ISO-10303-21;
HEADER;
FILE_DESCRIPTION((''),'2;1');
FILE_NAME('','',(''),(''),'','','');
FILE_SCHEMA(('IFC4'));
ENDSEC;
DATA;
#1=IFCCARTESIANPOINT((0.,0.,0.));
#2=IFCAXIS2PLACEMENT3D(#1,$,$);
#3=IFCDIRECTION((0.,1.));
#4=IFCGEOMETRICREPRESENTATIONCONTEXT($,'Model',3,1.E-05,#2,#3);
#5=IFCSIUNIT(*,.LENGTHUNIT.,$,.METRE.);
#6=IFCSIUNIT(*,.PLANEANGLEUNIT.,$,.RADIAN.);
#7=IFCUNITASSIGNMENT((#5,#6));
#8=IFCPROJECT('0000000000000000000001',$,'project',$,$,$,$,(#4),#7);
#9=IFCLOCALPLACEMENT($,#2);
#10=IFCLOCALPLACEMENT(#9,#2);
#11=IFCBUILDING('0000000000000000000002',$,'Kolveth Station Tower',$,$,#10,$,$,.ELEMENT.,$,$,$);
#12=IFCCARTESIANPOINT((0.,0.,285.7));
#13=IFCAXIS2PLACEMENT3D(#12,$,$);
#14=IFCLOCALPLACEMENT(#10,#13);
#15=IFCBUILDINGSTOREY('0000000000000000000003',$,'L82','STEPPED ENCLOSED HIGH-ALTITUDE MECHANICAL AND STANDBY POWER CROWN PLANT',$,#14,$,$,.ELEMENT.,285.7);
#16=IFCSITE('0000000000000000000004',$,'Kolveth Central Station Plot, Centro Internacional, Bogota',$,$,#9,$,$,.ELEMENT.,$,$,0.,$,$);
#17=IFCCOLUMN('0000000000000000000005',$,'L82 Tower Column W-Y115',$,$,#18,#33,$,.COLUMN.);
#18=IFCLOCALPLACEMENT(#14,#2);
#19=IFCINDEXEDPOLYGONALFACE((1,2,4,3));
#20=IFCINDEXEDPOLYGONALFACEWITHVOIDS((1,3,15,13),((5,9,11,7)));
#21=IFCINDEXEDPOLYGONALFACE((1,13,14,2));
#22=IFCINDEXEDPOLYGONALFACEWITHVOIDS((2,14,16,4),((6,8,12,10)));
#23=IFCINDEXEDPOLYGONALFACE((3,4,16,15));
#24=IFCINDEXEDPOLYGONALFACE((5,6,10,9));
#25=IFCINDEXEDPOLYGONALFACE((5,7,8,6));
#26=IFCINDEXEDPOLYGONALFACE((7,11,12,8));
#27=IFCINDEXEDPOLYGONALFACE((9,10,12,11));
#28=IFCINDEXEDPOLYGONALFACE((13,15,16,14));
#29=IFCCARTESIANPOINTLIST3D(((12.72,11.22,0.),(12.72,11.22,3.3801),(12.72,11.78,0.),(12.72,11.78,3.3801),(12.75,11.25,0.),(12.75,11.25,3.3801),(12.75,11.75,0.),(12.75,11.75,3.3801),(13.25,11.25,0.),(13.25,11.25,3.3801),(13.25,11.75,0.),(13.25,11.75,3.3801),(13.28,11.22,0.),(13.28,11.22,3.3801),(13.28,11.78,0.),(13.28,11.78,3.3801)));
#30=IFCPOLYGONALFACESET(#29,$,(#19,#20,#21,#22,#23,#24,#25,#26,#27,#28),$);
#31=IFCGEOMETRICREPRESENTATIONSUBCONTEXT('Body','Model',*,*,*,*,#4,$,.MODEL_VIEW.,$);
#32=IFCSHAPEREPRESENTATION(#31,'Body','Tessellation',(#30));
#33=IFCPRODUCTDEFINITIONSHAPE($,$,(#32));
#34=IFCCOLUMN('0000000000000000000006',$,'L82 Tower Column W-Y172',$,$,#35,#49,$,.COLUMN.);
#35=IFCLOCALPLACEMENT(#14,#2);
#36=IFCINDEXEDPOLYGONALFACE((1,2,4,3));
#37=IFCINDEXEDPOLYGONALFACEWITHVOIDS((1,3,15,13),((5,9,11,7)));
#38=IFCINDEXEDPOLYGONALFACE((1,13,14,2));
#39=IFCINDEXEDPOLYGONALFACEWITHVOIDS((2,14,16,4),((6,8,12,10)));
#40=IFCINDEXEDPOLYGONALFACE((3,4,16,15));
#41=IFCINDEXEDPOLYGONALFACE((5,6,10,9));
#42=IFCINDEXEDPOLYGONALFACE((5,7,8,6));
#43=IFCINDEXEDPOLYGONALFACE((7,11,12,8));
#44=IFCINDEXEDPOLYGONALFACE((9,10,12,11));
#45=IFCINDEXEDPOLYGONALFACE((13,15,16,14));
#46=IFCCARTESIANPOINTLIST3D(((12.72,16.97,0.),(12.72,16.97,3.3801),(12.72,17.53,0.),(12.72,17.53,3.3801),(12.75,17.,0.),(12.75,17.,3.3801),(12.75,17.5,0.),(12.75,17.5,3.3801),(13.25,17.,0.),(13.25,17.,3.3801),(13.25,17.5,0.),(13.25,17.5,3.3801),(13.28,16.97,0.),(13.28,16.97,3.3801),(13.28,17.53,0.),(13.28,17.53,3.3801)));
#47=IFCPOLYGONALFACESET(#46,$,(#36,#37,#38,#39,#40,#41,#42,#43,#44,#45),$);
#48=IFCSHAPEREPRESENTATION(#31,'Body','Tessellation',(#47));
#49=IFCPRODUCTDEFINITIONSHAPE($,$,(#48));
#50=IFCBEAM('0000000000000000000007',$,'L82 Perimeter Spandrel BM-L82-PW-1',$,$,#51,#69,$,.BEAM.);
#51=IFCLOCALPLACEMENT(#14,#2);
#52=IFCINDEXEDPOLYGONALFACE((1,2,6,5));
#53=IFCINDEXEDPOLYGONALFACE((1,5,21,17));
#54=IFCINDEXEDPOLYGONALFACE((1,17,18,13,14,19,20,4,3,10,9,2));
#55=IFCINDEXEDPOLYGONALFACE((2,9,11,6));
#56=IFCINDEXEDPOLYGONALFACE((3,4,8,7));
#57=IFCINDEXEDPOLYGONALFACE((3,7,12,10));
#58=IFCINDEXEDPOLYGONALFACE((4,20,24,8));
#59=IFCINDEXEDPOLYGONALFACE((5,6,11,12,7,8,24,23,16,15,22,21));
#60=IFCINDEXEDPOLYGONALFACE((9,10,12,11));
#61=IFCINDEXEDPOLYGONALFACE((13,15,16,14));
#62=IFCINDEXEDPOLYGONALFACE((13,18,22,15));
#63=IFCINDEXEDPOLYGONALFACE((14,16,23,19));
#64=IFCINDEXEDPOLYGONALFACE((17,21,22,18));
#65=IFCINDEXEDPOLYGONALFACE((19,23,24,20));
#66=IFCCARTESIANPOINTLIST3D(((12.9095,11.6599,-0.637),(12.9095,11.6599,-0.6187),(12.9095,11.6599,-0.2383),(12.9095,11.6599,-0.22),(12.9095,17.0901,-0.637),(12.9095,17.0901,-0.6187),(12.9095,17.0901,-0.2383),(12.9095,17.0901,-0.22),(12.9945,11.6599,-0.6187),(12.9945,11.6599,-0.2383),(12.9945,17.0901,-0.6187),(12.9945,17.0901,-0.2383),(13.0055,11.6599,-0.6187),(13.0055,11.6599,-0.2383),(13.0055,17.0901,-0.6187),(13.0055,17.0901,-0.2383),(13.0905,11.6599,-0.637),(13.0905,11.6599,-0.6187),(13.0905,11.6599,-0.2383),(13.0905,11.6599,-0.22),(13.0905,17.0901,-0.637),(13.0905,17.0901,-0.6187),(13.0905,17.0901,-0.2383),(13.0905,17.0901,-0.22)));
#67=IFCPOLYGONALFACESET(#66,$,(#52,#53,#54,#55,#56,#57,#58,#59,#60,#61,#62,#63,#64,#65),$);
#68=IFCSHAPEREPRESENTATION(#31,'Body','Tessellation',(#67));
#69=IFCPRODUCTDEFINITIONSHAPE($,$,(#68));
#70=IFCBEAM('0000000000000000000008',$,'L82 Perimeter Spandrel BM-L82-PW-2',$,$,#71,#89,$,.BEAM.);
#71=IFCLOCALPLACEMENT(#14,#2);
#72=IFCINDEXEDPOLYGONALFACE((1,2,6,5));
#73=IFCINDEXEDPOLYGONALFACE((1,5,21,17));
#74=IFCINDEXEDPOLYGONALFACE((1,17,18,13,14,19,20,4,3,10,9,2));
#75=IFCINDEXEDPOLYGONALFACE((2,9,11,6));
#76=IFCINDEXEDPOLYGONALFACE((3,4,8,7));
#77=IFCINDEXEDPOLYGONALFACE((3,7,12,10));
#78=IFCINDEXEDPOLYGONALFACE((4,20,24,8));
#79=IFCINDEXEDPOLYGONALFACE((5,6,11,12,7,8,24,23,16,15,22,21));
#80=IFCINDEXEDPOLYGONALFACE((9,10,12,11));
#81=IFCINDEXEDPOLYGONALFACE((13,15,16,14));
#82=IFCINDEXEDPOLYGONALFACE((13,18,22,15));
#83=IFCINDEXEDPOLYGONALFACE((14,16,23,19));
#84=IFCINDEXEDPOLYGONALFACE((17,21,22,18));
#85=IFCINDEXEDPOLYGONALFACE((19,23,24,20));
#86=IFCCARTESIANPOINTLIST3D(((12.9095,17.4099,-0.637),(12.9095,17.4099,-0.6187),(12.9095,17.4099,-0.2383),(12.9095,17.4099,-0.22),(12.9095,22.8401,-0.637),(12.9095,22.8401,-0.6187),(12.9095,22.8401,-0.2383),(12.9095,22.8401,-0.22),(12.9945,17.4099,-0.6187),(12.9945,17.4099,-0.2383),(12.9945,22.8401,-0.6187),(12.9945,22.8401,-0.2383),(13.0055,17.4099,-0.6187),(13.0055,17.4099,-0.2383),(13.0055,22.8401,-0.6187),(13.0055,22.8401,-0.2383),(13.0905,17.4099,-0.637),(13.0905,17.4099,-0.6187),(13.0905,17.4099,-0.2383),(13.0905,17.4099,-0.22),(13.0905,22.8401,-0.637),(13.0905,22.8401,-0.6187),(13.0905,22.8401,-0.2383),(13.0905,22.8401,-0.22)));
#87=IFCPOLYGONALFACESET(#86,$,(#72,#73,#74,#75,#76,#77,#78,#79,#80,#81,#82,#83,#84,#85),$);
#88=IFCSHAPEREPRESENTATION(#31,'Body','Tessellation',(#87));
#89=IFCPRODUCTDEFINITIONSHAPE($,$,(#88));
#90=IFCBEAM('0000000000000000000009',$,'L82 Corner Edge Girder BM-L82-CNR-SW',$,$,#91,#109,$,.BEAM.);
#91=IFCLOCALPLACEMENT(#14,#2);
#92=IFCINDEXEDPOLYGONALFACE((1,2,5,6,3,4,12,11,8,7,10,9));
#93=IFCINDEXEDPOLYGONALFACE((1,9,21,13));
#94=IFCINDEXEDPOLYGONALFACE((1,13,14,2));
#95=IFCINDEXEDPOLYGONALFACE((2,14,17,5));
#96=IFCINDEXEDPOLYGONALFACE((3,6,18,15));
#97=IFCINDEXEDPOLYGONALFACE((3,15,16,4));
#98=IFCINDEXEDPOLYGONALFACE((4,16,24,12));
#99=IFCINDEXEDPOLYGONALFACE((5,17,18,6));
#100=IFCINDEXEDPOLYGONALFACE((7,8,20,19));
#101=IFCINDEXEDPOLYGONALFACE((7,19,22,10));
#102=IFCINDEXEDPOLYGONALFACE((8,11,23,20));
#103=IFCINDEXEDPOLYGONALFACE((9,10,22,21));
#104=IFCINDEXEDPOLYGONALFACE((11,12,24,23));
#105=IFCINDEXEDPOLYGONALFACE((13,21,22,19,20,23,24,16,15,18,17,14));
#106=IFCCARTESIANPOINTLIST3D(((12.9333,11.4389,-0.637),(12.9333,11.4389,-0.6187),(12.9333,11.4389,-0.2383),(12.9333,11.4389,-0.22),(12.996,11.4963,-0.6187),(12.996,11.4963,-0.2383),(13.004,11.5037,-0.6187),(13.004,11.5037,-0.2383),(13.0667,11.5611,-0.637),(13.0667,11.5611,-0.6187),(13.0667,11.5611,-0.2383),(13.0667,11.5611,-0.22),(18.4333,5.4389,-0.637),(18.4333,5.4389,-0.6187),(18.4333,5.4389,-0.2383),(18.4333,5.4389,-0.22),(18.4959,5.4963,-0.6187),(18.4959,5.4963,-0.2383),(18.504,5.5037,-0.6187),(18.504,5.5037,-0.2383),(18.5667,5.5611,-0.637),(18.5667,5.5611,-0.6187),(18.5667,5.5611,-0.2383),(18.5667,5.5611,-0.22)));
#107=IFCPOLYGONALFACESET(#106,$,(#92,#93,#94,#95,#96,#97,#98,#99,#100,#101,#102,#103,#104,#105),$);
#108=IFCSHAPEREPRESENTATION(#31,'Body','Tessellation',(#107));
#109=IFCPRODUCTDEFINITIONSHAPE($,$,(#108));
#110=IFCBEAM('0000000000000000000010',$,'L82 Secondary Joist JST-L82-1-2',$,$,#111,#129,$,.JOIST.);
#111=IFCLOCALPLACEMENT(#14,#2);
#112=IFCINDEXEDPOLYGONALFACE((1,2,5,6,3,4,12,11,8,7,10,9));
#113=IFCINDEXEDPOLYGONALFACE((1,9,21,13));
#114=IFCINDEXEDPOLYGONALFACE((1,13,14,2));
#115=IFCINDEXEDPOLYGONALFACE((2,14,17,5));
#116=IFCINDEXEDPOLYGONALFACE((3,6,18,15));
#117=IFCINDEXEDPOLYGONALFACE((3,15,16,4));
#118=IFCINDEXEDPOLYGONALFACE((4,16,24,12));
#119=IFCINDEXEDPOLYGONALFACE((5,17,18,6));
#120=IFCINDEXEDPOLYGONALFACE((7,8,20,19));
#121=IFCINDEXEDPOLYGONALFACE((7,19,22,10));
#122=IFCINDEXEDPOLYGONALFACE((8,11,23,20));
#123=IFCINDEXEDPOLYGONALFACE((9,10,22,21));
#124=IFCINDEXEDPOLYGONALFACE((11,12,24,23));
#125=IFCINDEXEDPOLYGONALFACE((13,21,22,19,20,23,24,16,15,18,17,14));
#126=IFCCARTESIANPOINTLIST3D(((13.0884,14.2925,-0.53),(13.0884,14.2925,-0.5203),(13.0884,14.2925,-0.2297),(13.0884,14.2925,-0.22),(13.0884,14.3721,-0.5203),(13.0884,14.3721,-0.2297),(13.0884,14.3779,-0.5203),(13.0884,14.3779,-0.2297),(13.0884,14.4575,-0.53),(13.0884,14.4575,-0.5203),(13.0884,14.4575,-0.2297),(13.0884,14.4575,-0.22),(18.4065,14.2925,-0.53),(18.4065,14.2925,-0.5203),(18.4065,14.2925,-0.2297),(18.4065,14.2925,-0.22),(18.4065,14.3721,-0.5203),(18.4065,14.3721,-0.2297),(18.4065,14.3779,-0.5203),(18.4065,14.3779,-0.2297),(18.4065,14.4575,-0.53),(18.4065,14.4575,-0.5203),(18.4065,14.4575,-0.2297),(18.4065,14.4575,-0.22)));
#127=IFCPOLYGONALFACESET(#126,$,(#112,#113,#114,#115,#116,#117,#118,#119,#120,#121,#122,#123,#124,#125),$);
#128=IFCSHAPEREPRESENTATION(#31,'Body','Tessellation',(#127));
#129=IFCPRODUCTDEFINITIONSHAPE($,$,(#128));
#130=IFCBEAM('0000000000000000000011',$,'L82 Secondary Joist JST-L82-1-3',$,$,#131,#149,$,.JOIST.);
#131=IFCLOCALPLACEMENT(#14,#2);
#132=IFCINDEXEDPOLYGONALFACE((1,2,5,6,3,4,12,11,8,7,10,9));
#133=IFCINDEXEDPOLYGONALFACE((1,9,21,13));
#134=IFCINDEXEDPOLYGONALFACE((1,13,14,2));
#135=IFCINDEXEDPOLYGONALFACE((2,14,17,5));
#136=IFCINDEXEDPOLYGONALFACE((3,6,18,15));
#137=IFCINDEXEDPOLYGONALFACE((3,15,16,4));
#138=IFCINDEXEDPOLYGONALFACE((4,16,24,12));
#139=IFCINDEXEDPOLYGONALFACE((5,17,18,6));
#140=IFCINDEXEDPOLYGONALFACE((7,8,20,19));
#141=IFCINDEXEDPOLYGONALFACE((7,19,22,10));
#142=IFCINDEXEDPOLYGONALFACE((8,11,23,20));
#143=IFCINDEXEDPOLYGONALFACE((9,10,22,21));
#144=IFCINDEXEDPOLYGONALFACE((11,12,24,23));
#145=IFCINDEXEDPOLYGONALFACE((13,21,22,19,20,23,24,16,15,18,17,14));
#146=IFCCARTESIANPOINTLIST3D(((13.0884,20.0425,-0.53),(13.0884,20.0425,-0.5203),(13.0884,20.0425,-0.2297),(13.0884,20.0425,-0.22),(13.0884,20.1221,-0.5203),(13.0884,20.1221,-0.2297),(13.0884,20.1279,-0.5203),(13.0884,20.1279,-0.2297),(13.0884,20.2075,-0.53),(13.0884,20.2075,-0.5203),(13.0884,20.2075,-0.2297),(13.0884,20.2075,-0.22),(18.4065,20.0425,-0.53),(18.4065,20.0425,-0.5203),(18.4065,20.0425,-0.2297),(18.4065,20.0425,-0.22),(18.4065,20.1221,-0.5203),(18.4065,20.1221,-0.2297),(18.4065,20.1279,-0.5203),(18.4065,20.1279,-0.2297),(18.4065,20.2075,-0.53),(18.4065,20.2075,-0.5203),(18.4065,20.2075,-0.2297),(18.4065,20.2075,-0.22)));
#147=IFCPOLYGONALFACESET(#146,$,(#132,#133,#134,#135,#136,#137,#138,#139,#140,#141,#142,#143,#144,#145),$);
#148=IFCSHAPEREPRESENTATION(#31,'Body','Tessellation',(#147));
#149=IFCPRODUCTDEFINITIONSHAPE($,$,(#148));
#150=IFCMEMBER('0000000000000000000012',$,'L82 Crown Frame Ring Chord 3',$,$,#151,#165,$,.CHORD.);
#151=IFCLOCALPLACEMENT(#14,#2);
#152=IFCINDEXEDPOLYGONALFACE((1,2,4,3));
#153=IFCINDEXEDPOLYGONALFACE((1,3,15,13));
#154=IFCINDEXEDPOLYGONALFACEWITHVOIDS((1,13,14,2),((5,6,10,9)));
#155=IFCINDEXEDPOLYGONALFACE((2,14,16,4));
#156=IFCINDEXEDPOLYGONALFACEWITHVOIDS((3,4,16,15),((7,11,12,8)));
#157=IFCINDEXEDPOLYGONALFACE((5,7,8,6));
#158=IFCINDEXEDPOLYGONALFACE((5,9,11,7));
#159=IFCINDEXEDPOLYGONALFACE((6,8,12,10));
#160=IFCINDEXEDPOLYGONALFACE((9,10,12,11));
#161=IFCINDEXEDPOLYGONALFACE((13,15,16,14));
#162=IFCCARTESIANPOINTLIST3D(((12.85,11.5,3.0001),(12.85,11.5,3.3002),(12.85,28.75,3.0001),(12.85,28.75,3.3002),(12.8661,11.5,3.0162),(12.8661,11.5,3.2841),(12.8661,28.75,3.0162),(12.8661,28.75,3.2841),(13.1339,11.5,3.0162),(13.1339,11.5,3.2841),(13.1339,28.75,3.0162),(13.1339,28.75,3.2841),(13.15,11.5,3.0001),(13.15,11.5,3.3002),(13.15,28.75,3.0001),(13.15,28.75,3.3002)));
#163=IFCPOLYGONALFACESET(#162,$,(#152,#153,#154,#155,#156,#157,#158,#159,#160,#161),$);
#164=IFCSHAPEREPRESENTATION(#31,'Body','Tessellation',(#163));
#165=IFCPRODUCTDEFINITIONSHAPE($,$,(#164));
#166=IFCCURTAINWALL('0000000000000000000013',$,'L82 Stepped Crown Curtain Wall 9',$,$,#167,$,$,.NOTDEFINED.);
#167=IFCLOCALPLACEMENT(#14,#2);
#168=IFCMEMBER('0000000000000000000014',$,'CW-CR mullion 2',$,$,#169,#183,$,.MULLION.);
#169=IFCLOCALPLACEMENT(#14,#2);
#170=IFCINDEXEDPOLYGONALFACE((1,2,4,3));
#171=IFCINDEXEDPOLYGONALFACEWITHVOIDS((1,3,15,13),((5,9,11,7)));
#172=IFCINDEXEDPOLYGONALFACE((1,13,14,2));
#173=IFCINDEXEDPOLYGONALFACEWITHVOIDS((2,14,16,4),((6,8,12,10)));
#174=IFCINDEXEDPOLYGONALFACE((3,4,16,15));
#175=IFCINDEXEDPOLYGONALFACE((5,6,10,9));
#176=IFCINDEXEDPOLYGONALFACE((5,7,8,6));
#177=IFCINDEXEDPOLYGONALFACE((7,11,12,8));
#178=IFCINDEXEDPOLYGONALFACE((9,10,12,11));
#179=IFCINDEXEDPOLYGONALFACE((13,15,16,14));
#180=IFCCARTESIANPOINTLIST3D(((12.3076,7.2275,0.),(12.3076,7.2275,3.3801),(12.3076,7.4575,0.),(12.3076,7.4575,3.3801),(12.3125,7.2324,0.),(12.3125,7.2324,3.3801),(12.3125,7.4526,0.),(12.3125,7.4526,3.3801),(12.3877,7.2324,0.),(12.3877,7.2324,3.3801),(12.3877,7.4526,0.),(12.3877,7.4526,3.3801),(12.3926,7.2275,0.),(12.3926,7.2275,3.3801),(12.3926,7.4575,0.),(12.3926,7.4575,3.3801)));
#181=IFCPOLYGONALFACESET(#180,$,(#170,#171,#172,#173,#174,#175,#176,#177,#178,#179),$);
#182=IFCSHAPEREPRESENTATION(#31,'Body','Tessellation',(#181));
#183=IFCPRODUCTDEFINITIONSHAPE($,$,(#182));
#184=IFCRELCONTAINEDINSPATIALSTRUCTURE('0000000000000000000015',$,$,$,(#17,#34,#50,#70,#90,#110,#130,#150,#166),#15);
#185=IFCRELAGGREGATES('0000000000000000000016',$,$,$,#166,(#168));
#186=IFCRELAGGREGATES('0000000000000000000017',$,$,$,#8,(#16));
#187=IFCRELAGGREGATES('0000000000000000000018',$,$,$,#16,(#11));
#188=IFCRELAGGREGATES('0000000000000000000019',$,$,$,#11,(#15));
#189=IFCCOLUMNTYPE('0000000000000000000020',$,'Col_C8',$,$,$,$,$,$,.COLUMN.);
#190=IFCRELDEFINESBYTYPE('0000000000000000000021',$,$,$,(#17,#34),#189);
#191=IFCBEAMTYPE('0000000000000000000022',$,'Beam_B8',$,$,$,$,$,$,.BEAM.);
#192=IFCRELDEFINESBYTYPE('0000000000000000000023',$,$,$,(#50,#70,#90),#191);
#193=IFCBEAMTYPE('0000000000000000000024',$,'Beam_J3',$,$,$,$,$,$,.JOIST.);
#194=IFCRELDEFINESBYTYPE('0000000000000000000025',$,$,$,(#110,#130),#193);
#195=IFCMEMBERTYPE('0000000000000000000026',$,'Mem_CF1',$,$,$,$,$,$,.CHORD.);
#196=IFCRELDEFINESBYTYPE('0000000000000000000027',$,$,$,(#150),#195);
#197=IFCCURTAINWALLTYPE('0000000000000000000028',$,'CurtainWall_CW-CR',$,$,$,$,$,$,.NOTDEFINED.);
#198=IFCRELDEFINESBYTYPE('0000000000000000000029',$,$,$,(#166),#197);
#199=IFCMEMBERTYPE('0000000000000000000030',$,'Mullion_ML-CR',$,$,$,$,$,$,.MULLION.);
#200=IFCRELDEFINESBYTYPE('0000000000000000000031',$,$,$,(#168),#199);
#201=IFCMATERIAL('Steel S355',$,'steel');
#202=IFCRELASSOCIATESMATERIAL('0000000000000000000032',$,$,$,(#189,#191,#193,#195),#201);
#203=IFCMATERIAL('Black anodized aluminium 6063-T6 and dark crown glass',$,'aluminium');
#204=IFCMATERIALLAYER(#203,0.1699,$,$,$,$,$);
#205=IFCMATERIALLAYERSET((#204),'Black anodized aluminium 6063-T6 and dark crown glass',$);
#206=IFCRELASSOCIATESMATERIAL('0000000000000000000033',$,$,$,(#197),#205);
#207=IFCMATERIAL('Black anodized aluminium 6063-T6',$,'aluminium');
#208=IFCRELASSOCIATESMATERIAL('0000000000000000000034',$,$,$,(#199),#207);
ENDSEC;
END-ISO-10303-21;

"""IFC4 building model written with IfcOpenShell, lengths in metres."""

from ifc_helpers import new_model, si_unit, direction, frame, origin, origin_2d, place, context, subcontext, project, spatial, hollow_rectangle, i_section, extrude, source, transform, mapped, material, layer, layer_set, material_profile, profile_set, type_object, element, aggregate, save


model = new_model("IFC4")

# Units and contexts
model_context = context("Model", 3, precision=1e-05, world=origin(), true_north=direction((0.0, 1.0)))
body_context = subcontext(model_context, "Body", "Model", "MODEL_VIEW")
ifc_project = project(units=[si_unit("LENGTHUNIT", "METRE"), si_unit("PLANEANGLEUNIT", "RADIAN")], contexts=[model_context])

# Site, building, storey
site_placement = place(None, origin())
site = spatial("IfcSite", under=ifc_project, at=site_placement, Name="Kolveth Central Station Plot, Centro Internacional, Bogota", CompositionType="ELEMENT", RefElevation=0.0)
building_placement = place(site_placement, origin())
building = spatial("IfcBuilding", under=site, at=building_placement, Name="Kolveth Station Tower", CompositionType="ELEMENT")
storey_placement = place(building_placement, frame((0.0, 0.0, 285.7)))
storey = spatial("IfcBuildingStorey", under=building, at=storey_placement, Name="L82", Description="STEPPED ENCLOSED HIGH-ALTITUDE MECHANICAL AND STANDBY POWER CROWN PLANT", CompositionType="ELEMENT", Elevation=285.7)

# Columns
ifc_material_1 = material(Name="Steel S355", Category="steel")
ifc_material_profile_1 = material_profile(ifc_material_1, hollow_rectangle(XDim=0.5601, YDim=0.5601, WallThickness=0.03, at=origin_2d()), Name="BOX560x560x30")
ifc_profile_set_1 = profile_set([ifc_material_profile_1], Name="Steel S355")
column_type = type_object("IfcColumnType", Name="Col_C8", PredefinedType="COLUMN", material=ifc_profile_set_1)
shared_shape_1 = source(origin(), body_context, "Body", "SweptSolid", [
    extrude(hollow_rectangle(XDim=0.5601, YDim=0.5601, WallThickness=0.03, at=origin_2d()), origin(), (0.0, 0.0, 1.0), 3.3801),
])
for number, where, z_axis, x_axis, name in (
    (1, (13.0, 11.5, 0.0), (0.0, 0.0, 1.0), (1.0, 0.0, 0.0), "L82 Tower Column W-Y115"),
    (2, (13.0, 17.25, 0.0), (0.0, 0.0, 1.0), (1.0, 0.0, 0.0), "L82 Tower Column W-Y172"),
):
    element("IfcColumn", number, at=place(storey_placement, frame(where, z_axis=z_axis, x_axis=x_axis)), inside=storey, type_object=column_type, Name=name, PredefinedType="COLUMN", context=body_context, shape_type="MappedRepresentation", body=[
        mapped(shared_shape_1, transform((0.0, 0.0, 0.0), x_axis=(1.0, 0.0, 0.0), y_axis=(0.0, 1.0, 0.0), z_axis=(0.0, 0.0, 1.0), scale=1.0)),
    ])

# Beams
ifc_material_profile_2 = material_profile(ifc_material_1, i_section(OverallWidth=0.1809, OverallDepth=0.417, WebThickness=0.011, FlangeThickness=0.0183, at=origin_2d()), Name="W410x85")
ifc_profile_set_2 = profile_set([ifc_material_profile_2], Name="Steel S355")
beam_type_1 = type_object("IfcBeamType", Name="Beam_B8", PredefinedType="BEAM", material=ifc_profile_set_2)
shared_shape_2 = source(origin(), body_context, "Body", "SweptSolid", [
    extrude(i_section(OverallWidth=0.1809, OverallDepth=0.417, WebThickness=0.011, FlangeThickness=0.0183, at=origin_2d()), origin(), (0.0, 0.0, 1.0), 5.4302),
])
for number, where, z_axis, x_axis, name in (
    (3, (13.0, 11.6599, -0.4285), (0.0, 1.0, 0.0), (-1.0, 0.0, 0.0), "L82 Perimeter Spandrel BM-L82-PW-1"),
    (4, (13.0, 17.4099, -0.4285), (0.0, 1.0, 0.0), (-1.0, 0.0, 0.0), "L82 Perimeter Spandrel BM-L82-PW-2"),
):
    element("IfcBeam", number, at=place(storey_placement, frame(where, z_axis=z_axis, x_axis=x_axis)), inside=storey, type_object=beam_type_1, Name=name, PredefinedType="BEAM", context=body_context, shape_type="MappedRepresentation", body=[
        mapped(shared_shape_2, transform((0.0, 0.0, 0.0), x_axis=(1.0, 0.0, 0.0), y_axis=(0.0, 1.0, 0.0), z_axis=(0.0, 0.0, 1.0), scale=1.0)),
    ])
shared_shape_3 = source(origin(), body_context, "Body", "SweptSolid", [
    extrude(i_section(OverallWidth=0.1809, OverallDepth=0.417, WebThickness=0.011, FlangeThickness=0.0183, at=origin_2d()), origin(), (0.0, 0.0, 1.0), 8.1394),
])
beam_placement = place(storey_placement, frame((13.0, 11.5, -0.4285), z_axis=(0.675725, -0.737154, 0.0), x_axis=(0.737154, 0.675725, 0.0)))
element("IfcBeam", 5, at=beam_placement, inside=storey, type_object=beam_type_1, Name="L82 Corner Edge Girder BM-L82-CNR-SW", PredefinedType="BEAM", context=body_context, shape_type="MappedRepresentation", body=[
    mapped(shared_shape_3, transform((0.0, 0.0, 0.0), x_axis=(1.0, 0.0, 0.0), y_axis=(0.0, 1.0, 0.0), z_axis=(0.0, 0.0, 1.0), scale=1.0)),
])
ifc_material_profile_3 = material_profile(ifc_material_1, i_section(OverallWidth=0.165, OverallDepth=0.3101, WebThickness=0.0059, FlangeThickness=0.0098, at=origin_2d()), Name="W310x39")
ifc_profile_set_3 = profile_set([ifc_material_profile_3], Name="Steel S355")
beam_type_2 = type_object("IfcBeamType", Name="Beam_J3", PredefinedType="JOIST", material=ifc_profile_set_3)
shared_shape_4 = source(origin(), body_context, "Body", "SweptSolid", [
    extrude(i_section(OverallWidth=0.165, OverallDepth=0.3101, WebThickness=0.0059, FlangeThickness=0.0098, at=origin_2d()), origin(), (0.0, 0.0, 1.0), 5.3181),
])
for number, where, z_axis, x_axis, name in (
    (6, (13.0884, 14.375, -0.375), (1.0, 0.0, 0.0), (0.0, 1.0, 0.0), "L82 Secondary Joist JST-L82-1-2"),
    (7, (13.0884, 20.125, -0.375), (1.0, 0.0, 0.0), (0.0, 1.0, 0.0), "L82 Secondary Joist JST-L82-1-3"),
):
    element("IfcBeam", number, at=place(storey_placement, frame(where, z_axis=z_axis, x_axis=x_axis)), inside=storey, type_object=beam_type_2, Name=name, PredefinedType="JOIST", context=body_context, shape_type="MappedRepresentation", body=[
        mapped(shared_shape_4, transform((0.0, 0.0, 0.0), x_axis=(1.0, 0.0, 0.0), y_axis=(0.0, 1.0, 0.0), z_axis=(0.0, 0.0, 1.0), scale=1.0)),
    ])

# Member
ifc_material_profile_4 = material_profile(ifc_material_1, hollow_rectangle(XDim=0.3, YDim=0.3, WallThickness=0.0161, at=origin_2d()), Name="CROWN-HSS300x300x16")
ifc_profile_set_4 = profile_set([ifc_material_profile_4], Name="Steel S355")
member_type_1 = type_object("IfcMemberType", Name="Mem_CF1", PredefinedType="CHORD", material=ifc_profile_set_4)
shared_shape_5 = source(origin(), body_context, "Body", "SweptSolid", [
    extrude(hollow_rectangle(XDim=0.3, YDim=0.3, WallThickness=0.0161, at=origin_2d()), origin(), (0.0, 0.0, 1.0), 17.25),
])
member_1_placement = place(storey_placement, frame((13.0, 11.5, 3.1501), z_axis=(0.0, 1.0, 0.0), x_axis=(-1.0, 0.0, 0.0)))
element("IfcMember", 8, at=member_1_placement, inside=storey, type_object=member_type_1, Name="L82 Crown Frame Ring Chord 3", PredefinedType="CHORD", context=body_context, shape_type="MappedRepresentation", body=[
    mapped(shared_shape_5, transform((0.0, 0.0, 0.0), x_axis=(1.0, 0.0, 0.0), y_axis=(0.0, 1.0, 0.0), z_axis=(0.0, 0.0, 1.0), scale=1.0)),
])

# Curtain wall, member
ifc_material_2 = material(Name="Black anodized aluminium 6063-T6 and dark crown glass", Category="aluminium")
ifc_layer_1 = layer(ifc_material_2, 0.1699)
ifc_layer_set_1 = layer_set([ifc_layer_1], Name="Black anodized aluminium 6063-T6 and dark crown glass")
curtain_wall_type = type_object("IfcCurtainWallType", Name="CurtainWall_CW-CR", PredefinedType="NOTDEFINED", material=ifc_layer_set_1)
curtain_wall_1_placement = place(storey_placement, origin())
curtain_wall_1 = element("IfcCurtainWall", 9, at=curtain_wall_1_placement, inside=storey, type_object=curtain_wall_type, Name="L82 Stepped Crown Curtain Wall 9", PredefinedType="NOTDEFINED")
ifc_material_3 = material(Name="Black anodized aluminium 6063-T6", Category="aluminium")
ifc_material_profile_5 = material_profile(ifc_material_3, hollow_rectangle(XDim=0.085, YDim=0.23, WallThickness=0.0049, at=origin_2d()), Name="ALU-85x230x5")
ifc_profile_set_5 = profile_set([ifc_material_profile_5], Name="Black anodized aluminium 6063-T6")
member_type_2 = type_object("IfcMemberType", Name="Mullion_ML-CR", PredefinedType="MULLION", material=ifc_profile_set_5)
shared_shape_6 = source(origin(), body_context, "Body", "SweptSolid", [
    extrude(hollow_rectangle(XDim=0.085, YDim=0.23, WallThickness=0.0049, at=origin_2d()), origin(), (0.0, 0.0, 1.0), 3.3801),
])
member_2_placement = place(storey_placement, frame((12.3501, 7.3425, 0.0), z_axis=(0.0, 0.0, 1.0), x_axis=(1.0, 0.0, 0.0)))
member_2 = element("IfcMember", 10, at=member_2_placement, type_object=member_type_2, Name="CW-CR mullion 2", PredefinedType="MULLION", context=body_context, shape_type="MappedRepresentation", body=[
    mapped(shared_shape_6, transform((0.0, 0.0, 0.0), x_axis=(1.0, 0.0, 0.0), y_axis=(0.0, 1.0, 0.0), z_axis=(0.0, 0.0, 1.0), scale=1.0)),
])

aggregate(curtain_wall_1, [member_2])

save(model, "model.ifc")
